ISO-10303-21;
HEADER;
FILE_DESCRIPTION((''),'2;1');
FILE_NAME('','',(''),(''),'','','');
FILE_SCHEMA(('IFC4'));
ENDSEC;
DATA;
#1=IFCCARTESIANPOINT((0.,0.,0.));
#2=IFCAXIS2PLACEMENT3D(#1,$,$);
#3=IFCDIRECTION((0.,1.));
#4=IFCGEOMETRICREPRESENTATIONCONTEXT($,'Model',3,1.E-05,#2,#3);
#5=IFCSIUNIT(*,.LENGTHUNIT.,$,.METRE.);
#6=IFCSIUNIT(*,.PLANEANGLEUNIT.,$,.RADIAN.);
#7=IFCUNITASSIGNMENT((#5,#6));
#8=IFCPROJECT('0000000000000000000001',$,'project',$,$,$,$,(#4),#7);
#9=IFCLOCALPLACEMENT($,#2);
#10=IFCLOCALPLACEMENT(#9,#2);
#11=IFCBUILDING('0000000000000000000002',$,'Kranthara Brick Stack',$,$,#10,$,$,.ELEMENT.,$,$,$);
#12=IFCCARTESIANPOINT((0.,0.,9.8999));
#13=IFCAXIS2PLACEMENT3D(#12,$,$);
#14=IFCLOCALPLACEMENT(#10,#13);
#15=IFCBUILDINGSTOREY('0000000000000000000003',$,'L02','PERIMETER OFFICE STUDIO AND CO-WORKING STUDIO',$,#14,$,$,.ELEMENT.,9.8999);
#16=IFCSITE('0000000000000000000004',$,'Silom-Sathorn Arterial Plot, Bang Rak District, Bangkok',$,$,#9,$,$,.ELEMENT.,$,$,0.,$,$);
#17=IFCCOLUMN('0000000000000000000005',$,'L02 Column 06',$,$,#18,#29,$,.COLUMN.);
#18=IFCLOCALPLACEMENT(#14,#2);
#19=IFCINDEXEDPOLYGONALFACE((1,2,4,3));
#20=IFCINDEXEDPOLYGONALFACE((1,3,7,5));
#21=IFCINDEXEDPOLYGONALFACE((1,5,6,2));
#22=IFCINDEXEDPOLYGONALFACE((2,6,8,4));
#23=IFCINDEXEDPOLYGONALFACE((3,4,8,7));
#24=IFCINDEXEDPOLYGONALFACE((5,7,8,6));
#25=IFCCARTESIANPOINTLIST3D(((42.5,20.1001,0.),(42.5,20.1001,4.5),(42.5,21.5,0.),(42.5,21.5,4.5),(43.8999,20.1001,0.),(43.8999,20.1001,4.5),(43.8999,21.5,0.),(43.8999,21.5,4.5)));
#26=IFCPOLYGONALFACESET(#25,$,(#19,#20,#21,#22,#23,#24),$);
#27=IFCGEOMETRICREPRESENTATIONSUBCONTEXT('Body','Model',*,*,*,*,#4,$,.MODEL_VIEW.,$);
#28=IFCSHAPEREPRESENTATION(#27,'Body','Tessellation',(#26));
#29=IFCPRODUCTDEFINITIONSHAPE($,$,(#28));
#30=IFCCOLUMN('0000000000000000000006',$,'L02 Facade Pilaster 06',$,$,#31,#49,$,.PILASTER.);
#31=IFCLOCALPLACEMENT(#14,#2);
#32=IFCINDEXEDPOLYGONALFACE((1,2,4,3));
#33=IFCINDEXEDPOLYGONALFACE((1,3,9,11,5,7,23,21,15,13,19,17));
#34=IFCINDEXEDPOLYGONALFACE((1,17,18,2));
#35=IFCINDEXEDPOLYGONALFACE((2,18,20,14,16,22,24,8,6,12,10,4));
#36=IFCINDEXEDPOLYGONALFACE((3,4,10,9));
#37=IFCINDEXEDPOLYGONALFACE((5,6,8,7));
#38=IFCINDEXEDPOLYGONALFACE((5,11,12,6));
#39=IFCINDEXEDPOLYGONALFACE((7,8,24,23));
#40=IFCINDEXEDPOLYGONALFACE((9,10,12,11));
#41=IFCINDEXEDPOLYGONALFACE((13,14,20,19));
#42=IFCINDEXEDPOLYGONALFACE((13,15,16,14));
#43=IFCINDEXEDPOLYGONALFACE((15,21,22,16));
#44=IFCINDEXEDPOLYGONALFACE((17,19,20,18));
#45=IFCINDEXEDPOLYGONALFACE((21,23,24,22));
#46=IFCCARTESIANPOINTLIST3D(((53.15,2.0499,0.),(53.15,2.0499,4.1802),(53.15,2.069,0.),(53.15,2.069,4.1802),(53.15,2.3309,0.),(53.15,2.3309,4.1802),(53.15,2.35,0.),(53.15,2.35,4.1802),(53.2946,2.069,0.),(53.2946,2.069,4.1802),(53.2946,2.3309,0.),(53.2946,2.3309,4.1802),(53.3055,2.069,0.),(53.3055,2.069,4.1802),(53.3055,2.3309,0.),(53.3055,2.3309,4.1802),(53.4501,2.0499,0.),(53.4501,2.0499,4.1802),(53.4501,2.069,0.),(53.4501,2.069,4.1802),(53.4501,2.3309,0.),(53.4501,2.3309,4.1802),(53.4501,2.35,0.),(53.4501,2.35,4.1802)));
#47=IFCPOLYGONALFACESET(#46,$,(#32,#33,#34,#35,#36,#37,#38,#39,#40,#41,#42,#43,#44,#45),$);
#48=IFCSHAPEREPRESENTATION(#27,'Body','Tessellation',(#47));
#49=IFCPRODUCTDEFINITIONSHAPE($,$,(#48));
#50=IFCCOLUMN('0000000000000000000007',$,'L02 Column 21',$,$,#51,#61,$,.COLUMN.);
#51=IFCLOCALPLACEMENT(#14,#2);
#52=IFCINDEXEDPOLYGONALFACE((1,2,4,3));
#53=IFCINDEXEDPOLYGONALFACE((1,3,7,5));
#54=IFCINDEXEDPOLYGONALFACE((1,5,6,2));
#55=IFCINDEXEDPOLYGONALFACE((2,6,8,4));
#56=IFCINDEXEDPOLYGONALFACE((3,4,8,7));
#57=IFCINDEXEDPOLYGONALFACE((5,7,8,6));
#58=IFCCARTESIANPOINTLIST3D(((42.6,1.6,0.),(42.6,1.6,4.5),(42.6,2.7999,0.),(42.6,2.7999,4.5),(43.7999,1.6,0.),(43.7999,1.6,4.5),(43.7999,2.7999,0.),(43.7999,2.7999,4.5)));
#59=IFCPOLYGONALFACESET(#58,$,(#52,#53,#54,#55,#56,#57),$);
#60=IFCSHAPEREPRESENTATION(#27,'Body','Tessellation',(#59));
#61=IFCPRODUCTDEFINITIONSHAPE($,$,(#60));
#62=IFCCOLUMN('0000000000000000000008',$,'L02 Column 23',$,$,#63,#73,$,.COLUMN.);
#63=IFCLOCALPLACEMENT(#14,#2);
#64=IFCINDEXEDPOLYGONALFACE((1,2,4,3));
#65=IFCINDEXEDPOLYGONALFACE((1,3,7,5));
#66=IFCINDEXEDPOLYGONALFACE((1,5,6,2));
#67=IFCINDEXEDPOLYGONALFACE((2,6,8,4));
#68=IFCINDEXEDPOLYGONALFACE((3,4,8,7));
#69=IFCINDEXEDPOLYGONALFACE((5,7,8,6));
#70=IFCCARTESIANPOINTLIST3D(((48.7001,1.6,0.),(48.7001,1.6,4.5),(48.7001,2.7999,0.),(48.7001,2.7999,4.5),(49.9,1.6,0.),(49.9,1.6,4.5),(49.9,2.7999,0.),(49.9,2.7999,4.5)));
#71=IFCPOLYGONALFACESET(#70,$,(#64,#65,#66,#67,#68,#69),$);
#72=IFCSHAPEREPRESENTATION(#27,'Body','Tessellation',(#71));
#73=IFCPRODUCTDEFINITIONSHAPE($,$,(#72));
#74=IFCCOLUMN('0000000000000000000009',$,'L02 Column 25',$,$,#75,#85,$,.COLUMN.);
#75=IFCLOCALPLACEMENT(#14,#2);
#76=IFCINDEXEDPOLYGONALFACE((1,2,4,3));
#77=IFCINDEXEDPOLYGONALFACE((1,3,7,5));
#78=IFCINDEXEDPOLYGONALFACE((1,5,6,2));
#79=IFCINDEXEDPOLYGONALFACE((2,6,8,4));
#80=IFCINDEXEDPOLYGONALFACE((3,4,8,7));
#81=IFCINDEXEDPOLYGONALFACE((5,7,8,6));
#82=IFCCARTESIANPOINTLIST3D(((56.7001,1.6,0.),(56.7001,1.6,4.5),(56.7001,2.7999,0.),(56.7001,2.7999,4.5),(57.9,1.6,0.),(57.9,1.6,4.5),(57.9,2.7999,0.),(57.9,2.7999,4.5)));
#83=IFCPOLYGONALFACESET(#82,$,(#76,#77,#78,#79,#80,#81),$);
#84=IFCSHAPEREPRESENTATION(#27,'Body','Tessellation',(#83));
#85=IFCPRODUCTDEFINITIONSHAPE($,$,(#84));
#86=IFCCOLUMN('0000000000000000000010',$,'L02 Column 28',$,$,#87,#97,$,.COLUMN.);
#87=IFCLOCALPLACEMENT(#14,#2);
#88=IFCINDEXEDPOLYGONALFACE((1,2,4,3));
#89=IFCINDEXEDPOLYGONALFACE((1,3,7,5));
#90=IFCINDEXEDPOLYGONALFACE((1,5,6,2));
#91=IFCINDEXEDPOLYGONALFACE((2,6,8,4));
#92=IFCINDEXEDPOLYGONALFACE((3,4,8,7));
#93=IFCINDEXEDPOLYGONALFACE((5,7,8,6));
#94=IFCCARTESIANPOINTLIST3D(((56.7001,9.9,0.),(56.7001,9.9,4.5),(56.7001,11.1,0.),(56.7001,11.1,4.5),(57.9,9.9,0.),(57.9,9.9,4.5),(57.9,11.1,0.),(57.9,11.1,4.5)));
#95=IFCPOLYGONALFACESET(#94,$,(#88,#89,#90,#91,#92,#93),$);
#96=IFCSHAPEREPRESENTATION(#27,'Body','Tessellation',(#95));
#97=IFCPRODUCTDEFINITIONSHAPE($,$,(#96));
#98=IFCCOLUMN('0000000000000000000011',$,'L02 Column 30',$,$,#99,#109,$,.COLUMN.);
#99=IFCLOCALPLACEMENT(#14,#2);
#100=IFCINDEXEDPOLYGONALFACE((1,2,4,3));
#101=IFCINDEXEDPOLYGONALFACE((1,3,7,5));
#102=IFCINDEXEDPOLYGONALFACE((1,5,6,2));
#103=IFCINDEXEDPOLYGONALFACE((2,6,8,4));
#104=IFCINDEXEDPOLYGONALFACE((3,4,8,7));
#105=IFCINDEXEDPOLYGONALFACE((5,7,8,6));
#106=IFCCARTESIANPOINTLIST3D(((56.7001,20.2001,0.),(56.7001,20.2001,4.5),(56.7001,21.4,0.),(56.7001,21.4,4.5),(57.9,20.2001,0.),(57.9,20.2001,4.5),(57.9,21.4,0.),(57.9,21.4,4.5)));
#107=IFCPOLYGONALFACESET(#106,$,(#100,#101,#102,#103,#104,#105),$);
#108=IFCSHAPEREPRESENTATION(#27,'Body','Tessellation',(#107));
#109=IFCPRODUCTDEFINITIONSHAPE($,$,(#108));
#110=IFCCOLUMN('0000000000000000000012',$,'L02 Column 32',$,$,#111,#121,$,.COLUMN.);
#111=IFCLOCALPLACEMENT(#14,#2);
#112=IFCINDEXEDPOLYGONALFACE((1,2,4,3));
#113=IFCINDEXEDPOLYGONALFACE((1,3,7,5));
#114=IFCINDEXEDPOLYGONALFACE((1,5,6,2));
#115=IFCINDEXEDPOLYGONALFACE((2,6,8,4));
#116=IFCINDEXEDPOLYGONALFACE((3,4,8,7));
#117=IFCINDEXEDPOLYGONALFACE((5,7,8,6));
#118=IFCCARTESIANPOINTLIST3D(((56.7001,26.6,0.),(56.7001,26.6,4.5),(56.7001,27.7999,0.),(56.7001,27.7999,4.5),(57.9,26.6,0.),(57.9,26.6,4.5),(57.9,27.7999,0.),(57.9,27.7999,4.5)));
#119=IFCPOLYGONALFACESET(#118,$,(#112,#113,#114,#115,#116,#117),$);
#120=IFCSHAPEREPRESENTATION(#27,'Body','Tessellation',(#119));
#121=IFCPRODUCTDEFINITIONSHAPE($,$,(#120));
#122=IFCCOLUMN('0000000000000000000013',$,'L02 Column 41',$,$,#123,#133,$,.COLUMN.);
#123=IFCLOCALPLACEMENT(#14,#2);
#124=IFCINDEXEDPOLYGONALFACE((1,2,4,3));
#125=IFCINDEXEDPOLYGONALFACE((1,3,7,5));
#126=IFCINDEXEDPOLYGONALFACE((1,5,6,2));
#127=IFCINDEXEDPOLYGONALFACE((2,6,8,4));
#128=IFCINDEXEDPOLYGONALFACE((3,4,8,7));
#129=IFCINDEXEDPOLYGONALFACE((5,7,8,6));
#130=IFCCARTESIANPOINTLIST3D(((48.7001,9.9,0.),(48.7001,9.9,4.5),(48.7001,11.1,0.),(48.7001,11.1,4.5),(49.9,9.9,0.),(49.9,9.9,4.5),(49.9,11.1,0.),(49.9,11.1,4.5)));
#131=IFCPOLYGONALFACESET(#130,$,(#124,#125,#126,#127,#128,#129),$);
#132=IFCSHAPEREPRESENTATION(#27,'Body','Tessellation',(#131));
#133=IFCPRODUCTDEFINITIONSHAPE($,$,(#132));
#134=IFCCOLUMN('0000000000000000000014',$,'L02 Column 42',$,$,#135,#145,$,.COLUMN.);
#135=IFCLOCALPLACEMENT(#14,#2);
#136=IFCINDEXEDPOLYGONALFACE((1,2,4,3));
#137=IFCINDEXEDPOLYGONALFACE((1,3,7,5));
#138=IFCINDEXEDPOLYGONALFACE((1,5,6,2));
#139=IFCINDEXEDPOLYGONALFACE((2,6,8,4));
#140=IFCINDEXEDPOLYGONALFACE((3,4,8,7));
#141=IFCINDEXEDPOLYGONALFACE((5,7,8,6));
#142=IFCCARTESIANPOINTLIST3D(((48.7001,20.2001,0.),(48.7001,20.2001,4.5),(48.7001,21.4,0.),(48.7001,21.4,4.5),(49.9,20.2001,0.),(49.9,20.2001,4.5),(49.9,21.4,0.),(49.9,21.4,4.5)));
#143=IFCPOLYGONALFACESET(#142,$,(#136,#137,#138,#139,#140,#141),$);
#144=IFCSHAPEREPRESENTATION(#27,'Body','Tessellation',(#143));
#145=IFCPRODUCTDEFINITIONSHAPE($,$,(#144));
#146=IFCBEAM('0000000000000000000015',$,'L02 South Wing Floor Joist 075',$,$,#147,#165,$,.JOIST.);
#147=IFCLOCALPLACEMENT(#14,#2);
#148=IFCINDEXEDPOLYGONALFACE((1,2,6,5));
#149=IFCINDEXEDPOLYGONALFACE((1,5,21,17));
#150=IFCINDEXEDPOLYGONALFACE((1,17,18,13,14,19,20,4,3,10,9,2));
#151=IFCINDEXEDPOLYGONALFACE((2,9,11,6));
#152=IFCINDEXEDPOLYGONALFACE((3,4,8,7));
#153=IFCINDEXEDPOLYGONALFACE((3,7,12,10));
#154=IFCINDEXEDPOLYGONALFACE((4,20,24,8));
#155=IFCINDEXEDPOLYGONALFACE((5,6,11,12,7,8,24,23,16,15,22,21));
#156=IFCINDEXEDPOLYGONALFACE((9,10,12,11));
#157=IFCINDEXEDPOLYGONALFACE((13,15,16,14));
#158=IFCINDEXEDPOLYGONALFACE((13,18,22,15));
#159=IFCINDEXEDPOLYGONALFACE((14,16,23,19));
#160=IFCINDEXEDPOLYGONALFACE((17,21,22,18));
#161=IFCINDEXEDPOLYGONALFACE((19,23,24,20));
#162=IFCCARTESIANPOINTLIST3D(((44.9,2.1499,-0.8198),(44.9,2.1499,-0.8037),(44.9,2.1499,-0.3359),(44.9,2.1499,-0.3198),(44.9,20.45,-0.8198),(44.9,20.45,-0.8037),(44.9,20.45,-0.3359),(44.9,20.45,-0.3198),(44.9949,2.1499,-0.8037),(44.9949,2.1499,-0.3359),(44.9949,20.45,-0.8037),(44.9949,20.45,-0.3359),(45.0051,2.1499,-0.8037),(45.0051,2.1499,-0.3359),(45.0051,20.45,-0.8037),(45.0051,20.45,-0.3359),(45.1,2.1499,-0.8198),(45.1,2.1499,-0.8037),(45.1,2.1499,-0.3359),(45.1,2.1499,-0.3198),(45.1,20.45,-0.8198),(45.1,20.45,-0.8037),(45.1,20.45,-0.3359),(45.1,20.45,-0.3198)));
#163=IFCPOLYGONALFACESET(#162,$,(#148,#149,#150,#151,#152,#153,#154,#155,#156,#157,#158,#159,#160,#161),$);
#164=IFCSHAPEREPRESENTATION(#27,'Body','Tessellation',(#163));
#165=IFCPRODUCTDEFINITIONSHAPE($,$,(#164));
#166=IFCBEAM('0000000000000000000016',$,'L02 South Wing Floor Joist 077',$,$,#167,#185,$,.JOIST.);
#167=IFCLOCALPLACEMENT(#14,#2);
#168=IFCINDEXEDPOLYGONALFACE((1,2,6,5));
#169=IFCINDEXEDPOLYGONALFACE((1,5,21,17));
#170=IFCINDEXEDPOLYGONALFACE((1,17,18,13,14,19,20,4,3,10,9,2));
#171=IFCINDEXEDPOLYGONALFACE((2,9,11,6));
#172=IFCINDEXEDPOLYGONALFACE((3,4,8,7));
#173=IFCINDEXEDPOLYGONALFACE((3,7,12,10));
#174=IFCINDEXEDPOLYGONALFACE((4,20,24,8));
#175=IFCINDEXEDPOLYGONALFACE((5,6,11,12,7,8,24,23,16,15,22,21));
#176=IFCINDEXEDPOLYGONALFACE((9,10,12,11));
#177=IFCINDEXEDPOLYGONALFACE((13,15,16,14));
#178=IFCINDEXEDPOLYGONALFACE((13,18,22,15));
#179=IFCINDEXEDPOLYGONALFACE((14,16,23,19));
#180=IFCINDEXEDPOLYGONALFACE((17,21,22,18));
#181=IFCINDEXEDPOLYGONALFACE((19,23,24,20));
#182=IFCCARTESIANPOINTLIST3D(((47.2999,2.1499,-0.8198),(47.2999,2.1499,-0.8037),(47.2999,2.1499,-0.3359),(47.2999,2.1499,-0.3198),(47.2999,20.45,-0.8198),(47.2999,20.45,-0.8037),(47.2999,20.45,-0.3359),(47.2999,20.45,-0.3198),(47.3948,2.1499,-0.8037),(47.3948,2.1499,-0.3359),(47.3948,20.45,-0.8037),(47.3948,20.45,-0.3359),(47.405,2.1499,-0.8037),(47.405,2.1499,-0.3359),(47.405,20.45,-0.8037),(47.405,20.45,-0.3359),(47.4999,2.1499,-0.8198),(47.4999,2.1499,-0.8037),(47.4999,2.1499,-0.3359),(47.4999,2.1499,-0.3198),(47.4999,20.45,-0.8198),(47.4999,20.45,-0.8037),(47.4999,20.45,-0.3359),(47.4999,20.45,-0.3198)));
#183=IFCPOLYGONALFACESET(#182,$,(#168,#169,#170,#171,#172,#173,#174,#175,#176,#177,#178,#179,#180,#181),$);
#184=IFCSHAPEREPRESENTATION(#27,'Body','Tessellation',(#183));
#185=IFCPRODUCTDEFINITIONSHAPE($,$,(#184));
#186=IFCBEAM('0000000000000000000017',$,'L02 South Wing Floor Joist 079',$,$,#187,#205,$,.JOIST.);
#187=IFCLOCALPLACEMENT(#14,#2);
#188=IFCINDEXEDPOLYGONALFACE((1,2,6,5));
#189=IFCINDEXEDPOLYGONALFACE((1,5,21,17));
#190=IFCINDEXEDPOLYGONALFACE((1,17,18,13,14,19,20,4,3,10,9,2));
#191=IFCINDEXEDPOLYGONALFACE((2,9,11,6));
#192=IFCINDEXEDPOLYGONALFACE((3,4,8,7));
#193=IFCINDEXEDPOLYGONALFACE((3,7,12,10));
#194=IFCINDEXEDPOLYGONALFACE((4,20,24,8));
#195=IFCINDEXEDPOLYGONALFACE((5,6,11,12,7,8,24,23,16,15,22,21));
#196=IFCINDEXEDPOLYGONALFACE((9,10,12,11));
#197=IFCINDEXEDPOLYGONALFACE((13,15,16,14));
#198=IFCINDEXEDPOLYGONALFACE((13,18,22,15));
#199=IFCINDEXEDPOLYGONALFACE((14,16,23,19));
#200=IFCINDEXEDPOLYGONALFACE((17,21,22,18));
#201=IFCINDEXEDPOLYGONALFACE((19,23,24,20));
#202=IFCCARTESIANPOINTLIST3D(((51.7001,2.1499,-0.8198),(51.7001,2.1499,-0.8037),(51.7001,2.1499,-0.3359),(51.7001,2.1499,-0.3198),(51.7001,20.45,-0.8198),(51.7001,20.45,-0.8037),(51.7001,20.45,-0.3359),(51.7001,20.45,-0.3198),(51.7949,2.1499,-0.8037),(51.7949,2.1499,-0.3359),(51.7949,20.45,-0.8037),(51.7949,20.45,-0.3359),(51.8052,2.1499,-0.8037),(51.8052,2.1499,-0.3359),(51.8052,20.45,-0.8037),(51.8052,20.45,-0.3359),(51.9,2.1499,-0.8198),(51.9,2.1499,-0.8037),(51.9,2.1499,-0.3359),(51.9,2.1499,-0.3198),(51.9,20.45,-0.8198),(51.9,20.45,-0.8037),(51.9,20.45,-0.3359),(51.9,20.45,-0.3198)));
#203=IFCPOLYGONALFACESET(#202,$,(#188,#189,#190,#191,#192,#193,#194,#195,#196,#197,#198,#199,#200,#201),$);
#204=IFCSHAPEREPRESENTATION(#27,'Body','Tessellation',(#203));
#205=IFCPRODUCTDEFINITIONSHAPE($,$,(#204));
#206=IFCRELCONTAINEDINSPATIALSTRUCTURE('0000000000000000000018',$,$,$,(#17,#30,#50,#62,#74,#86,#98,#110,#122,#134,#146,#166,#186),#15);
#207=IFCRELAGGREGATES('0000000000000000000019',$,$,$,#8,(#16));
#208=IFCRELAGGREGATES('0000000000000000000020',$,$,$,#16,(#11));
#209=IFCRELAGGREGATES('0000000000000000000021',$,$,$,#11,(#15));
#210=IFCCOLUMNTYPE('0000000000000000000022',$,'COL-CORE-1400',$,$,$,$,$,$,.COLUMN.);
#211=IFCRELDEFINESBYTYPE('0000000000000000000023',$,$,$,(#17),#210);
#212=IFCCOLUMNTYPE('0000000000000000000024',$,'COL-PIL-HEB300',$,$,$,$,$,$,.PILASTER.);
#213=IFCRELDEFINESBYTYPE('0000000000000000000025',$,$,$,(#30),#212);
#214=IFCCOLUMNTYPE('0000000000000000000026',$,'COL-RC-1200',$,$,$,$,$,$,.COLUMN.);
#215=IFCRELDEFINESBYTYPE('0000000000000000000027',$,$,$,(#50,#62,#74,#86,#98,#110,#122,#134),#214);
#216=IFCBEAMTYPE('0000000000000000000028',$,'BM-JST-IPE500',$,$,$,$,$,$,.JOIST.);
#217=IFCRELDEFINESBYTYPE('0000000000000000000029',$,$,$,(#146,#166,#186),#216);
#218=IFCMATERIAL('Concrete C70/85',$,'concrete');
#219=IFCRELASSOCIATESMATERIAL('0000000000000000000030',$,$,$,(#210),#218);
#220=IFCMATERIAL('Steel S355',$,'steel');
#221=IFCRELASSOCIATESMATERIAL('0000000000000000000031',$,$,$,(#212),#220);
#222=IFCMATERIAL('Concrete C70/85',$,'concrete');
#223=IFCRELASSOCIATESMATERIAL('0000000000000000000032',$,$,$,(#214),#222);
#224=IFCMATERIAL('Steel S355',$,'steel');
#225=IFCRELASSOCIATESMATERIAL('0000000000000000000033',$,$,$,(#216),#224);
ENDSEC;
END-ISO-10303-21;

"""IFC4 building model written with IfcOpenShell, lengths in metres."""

from ifc_helpers import new_model, si_unit, direction, frame, origin, origin_2d, place, context, subcontext, project, spatial, rectangle, i_section, extrude, material, material_profile, profile_set, type_object, element, save


model = new_model("IFC4")

# Units and contexts
model_context = context("Model", 3, precision=1e-05, world=origin(), true_north=direction((0.0, 1.0)))
body_context = subcontext(model_context, "Body", "Model", "MODEL_VIEW")
ifc_project = project(units=[si_unit("LENGTHUNIT", "METRE"), si_unit("PLANEANGLEUNIT", "RADIAN")], contexts=[model_context])

# Site, building, storey
site_placement = place(None, origin())
site = spatial("IfcSite", under=ifc_project, at=site_placement, Name="Silom-Sathorn Arterial Plot, Bang Rak District, Bangkok", CompositionType="ELEMENT", RefElevation=0.0)
building_placement = place(site_placement, origin())
building = spatial("IfcBuilding", under=site, at=building_placement, Name="Kranthara Brick Stack", CompositionType="ELEMENT")
storey_placement = place(building_placement, frame((0.0, 0.0, 9.8999)))
storey = spatial("IfcBuildingStorey", under=building, at=storey_placement, Name="L02", Description="PERIMETER OFFICE STUDIO AND CO-WORKING STUDIO", CompositionType="ELEMENT", Elevation=9.8999)

# Columns
ifc_material_1 = material(Name="Concrete C70/85", Category="concrete")
ifc_material_profile_1 = material_profile(ifc_material_1, rectangle(XDim=1.3999, YDim=1.3999, at=origin_2d()), Name="RC 1400x1400")
ifc_profile_set_1 = profile_set([ifc_material_profile_1], Name="Concrete C70/85")
column_type_1 = type_object("IfcColumnType", Name="COL-CORE-1400", PredefinedType="COLUMN", material=ifc_profile_set_1)
column_1_placement = place(storey_placement, frame((43.2, 20.8, 0.0), z_axis=(0.0, 0.0, 1.0), x_axis=(1.0, 0.0, 0.0)))
element("IfcColumn", 1, at=column_1_placement, inside=storey, type_object=column_type_1, Name="L02 Column 06", PredefinedType="COLUMN", context=body_context, shape_type="SweptSolid", body=[
    extrude(rectangle(XDim=1.3999, YDim=1.3999, at=origin_2d()), origin(), (0.0, 0.0, 1.0), 4.5),
])
ifc_material_2 = material(Name="Steel S355", Category="steel")
ifc_material_profile_2 = material_profile(ifc_material_2, i_section(OverallWidth=0.3, OverallDepth=0.3, WebThickness=0.011, FlangeThickness=0.019, at=origin_2d()), Name="HEB 300")
ifc_profile_set_2 = profile_set([ifc_material_profile_2], Name="Steel S355")
column_type_2 = type_object("IfcColumnType", Name="COL-PIL-HEB300", PredefinedType="PILASTER", material=ifc_profile_set_2)
column_2_placement = place(storey_placement, frame((53.3, 2.2, 0.0), z_axis=(0.0, 0.0, 1.0), x_axis=(1.0, 0.0, 0.0)))
element("IfcColumn", 2, at=column_2_placement, inside=storey, type_object=column_type_2, Name="L02 Facade Pilaster 06", PredefinedType="PILASTER", context=body_context, shape_type="SweptSolid", body=[
    extrude(i_section(OverallWidth=0.3, OverallDepth=0.3, WebThickness=0.011, FlangeThickness=0.019, at=origin_2d()), origin(), (0.0, 0.0, 1.0), 4.1802),
])
ifc_material_3 = material(Name="Concrete C70/85", Category="concrete")
ifc_material_profile_3 = material_profile(ifc_material_3, rectangle(XDim=1.2, YDim=1.2, at=origin_2d()), Name="RC 1200x1200")
ifc_profile_set_3 = profile_set([ifc_material_profile_3], Name="Concrete C70/85")
column_type_3 = type_object("IfcColumnType", Name="COL-RC-1200", PredefinedType="COLUMN", material=ifc_profile_set_3)
for number, where, z_axis, x_axis, name in (
    (3, (43.2, 2.2, 0.0), (0.0, 0.0, 1.0), (1.0, 0.0, 0.0), "L02 Column 21"),
    (4, (49.3, 2.2, 0.0), (0.0, 0.0, 1.0), (1.0, 0.0, 0.0), "L02 Column 23"),
    (5, (57.3, 2.2, 0.0), (0.0, 0.0, 1.0), (1.0, 0.0, 0.0), "L02 Column 25"),
    (6, (57.3, 10.5, 0.0), (0.0, 0.0, 1.0), (1.0, 0.0, 0.0), "L02 Column 28"),
    (7, (57.3, 20.8, 0.0), (0.0, 0.0, 1.0), (1.0, 0.0, 0.0), "L02 Column 30"),
    (8, (57.3, 27.2, 0.0), (0.0, 0.0, 1.0), (1.0, 0.0, 0.0), "L02 Column 32"),
    (9, (49.3, 10.5, 0.0), (0.0, 0.0, 1.0), (1.0, 0.0, 0.0), "L02 Column 41"),
    (10, (49.3, 20.8, 0.0), (0.0, 0.0, 1.0), (1.0, 0.0, 0.0), "L02 Column 42"),
):
    element("IfcColumn", number, at=place(storey_placement, frame(where, z_axis=z_axis, x_axis=x_axis)), inside=storey, type_object=column_type_3, Name=name, PredefinedType="COLUMN", context=body_context, shape_type="SweptSolid", body=[
        extrude(rectangle(XDim=1.2, YDim=1.2, at=origin_2d()), origin(), (0.0, 0.0, 1.0), 4.5),
    ])

# Beams
ifc_material_4 = material(Name="Steel S355", Category="steel")
ifc_material_profile_4 = material_profile(ifc_material_4, i_section(OverallWidth=0.2, OverallDepth=0.5, WebThickness=0.0103, FlangeThickness=0.0161, at=origin_2d()), Name="IPE 500")
ifc_profile_set_4 = profile_set([ifc_material_profile_4], Name="Steel S355")
beam_type_1 = type_object("IfcBeamType", Name="BM-JST-IPE500", PredefinedType="JOIST", material=ifc_profile_set_4)
for number, where, z_axis, x_axis, name in (
    (11, (45.0, 2.1499, -0.5698), (0.0, 1.0, 0.0), (-1.0, 0.0, 0.0), "L02 South Wing Floor Joist 075"),
    (12, (47.3999, 2.1499, -0.5698), (0.0, 1.0, 0.0), (-1.0, 0.0, 0.0), "L02 South Wing Floor Joist 077"),
    (13, (51.8, 2.1499, -0.5698), (0.0, 1.0, 0.0), (-1.0, 0.0, 0.0), "L02 South Wing Floor Joist 079"),
):
    element("IfcBeam", number, at=place(storey_placement, frame(where, z_axis=z_axis, x_axis=x_axis)), inside=storey, type_object=beam_type_1, Name=name, PredefinedType="JOIST", context=body_context, shape_type="SweptSolid", body=[
        extrude(i_section(OverallWidth=0.2, OverallDepth=0.5, WebThickness=0.0103, FlangeThickness=0.0161, at=origin_2d()), origin(), (0.0, 0.0, 1.0), 18.3),
    ])

save(model, "model.ifc")
